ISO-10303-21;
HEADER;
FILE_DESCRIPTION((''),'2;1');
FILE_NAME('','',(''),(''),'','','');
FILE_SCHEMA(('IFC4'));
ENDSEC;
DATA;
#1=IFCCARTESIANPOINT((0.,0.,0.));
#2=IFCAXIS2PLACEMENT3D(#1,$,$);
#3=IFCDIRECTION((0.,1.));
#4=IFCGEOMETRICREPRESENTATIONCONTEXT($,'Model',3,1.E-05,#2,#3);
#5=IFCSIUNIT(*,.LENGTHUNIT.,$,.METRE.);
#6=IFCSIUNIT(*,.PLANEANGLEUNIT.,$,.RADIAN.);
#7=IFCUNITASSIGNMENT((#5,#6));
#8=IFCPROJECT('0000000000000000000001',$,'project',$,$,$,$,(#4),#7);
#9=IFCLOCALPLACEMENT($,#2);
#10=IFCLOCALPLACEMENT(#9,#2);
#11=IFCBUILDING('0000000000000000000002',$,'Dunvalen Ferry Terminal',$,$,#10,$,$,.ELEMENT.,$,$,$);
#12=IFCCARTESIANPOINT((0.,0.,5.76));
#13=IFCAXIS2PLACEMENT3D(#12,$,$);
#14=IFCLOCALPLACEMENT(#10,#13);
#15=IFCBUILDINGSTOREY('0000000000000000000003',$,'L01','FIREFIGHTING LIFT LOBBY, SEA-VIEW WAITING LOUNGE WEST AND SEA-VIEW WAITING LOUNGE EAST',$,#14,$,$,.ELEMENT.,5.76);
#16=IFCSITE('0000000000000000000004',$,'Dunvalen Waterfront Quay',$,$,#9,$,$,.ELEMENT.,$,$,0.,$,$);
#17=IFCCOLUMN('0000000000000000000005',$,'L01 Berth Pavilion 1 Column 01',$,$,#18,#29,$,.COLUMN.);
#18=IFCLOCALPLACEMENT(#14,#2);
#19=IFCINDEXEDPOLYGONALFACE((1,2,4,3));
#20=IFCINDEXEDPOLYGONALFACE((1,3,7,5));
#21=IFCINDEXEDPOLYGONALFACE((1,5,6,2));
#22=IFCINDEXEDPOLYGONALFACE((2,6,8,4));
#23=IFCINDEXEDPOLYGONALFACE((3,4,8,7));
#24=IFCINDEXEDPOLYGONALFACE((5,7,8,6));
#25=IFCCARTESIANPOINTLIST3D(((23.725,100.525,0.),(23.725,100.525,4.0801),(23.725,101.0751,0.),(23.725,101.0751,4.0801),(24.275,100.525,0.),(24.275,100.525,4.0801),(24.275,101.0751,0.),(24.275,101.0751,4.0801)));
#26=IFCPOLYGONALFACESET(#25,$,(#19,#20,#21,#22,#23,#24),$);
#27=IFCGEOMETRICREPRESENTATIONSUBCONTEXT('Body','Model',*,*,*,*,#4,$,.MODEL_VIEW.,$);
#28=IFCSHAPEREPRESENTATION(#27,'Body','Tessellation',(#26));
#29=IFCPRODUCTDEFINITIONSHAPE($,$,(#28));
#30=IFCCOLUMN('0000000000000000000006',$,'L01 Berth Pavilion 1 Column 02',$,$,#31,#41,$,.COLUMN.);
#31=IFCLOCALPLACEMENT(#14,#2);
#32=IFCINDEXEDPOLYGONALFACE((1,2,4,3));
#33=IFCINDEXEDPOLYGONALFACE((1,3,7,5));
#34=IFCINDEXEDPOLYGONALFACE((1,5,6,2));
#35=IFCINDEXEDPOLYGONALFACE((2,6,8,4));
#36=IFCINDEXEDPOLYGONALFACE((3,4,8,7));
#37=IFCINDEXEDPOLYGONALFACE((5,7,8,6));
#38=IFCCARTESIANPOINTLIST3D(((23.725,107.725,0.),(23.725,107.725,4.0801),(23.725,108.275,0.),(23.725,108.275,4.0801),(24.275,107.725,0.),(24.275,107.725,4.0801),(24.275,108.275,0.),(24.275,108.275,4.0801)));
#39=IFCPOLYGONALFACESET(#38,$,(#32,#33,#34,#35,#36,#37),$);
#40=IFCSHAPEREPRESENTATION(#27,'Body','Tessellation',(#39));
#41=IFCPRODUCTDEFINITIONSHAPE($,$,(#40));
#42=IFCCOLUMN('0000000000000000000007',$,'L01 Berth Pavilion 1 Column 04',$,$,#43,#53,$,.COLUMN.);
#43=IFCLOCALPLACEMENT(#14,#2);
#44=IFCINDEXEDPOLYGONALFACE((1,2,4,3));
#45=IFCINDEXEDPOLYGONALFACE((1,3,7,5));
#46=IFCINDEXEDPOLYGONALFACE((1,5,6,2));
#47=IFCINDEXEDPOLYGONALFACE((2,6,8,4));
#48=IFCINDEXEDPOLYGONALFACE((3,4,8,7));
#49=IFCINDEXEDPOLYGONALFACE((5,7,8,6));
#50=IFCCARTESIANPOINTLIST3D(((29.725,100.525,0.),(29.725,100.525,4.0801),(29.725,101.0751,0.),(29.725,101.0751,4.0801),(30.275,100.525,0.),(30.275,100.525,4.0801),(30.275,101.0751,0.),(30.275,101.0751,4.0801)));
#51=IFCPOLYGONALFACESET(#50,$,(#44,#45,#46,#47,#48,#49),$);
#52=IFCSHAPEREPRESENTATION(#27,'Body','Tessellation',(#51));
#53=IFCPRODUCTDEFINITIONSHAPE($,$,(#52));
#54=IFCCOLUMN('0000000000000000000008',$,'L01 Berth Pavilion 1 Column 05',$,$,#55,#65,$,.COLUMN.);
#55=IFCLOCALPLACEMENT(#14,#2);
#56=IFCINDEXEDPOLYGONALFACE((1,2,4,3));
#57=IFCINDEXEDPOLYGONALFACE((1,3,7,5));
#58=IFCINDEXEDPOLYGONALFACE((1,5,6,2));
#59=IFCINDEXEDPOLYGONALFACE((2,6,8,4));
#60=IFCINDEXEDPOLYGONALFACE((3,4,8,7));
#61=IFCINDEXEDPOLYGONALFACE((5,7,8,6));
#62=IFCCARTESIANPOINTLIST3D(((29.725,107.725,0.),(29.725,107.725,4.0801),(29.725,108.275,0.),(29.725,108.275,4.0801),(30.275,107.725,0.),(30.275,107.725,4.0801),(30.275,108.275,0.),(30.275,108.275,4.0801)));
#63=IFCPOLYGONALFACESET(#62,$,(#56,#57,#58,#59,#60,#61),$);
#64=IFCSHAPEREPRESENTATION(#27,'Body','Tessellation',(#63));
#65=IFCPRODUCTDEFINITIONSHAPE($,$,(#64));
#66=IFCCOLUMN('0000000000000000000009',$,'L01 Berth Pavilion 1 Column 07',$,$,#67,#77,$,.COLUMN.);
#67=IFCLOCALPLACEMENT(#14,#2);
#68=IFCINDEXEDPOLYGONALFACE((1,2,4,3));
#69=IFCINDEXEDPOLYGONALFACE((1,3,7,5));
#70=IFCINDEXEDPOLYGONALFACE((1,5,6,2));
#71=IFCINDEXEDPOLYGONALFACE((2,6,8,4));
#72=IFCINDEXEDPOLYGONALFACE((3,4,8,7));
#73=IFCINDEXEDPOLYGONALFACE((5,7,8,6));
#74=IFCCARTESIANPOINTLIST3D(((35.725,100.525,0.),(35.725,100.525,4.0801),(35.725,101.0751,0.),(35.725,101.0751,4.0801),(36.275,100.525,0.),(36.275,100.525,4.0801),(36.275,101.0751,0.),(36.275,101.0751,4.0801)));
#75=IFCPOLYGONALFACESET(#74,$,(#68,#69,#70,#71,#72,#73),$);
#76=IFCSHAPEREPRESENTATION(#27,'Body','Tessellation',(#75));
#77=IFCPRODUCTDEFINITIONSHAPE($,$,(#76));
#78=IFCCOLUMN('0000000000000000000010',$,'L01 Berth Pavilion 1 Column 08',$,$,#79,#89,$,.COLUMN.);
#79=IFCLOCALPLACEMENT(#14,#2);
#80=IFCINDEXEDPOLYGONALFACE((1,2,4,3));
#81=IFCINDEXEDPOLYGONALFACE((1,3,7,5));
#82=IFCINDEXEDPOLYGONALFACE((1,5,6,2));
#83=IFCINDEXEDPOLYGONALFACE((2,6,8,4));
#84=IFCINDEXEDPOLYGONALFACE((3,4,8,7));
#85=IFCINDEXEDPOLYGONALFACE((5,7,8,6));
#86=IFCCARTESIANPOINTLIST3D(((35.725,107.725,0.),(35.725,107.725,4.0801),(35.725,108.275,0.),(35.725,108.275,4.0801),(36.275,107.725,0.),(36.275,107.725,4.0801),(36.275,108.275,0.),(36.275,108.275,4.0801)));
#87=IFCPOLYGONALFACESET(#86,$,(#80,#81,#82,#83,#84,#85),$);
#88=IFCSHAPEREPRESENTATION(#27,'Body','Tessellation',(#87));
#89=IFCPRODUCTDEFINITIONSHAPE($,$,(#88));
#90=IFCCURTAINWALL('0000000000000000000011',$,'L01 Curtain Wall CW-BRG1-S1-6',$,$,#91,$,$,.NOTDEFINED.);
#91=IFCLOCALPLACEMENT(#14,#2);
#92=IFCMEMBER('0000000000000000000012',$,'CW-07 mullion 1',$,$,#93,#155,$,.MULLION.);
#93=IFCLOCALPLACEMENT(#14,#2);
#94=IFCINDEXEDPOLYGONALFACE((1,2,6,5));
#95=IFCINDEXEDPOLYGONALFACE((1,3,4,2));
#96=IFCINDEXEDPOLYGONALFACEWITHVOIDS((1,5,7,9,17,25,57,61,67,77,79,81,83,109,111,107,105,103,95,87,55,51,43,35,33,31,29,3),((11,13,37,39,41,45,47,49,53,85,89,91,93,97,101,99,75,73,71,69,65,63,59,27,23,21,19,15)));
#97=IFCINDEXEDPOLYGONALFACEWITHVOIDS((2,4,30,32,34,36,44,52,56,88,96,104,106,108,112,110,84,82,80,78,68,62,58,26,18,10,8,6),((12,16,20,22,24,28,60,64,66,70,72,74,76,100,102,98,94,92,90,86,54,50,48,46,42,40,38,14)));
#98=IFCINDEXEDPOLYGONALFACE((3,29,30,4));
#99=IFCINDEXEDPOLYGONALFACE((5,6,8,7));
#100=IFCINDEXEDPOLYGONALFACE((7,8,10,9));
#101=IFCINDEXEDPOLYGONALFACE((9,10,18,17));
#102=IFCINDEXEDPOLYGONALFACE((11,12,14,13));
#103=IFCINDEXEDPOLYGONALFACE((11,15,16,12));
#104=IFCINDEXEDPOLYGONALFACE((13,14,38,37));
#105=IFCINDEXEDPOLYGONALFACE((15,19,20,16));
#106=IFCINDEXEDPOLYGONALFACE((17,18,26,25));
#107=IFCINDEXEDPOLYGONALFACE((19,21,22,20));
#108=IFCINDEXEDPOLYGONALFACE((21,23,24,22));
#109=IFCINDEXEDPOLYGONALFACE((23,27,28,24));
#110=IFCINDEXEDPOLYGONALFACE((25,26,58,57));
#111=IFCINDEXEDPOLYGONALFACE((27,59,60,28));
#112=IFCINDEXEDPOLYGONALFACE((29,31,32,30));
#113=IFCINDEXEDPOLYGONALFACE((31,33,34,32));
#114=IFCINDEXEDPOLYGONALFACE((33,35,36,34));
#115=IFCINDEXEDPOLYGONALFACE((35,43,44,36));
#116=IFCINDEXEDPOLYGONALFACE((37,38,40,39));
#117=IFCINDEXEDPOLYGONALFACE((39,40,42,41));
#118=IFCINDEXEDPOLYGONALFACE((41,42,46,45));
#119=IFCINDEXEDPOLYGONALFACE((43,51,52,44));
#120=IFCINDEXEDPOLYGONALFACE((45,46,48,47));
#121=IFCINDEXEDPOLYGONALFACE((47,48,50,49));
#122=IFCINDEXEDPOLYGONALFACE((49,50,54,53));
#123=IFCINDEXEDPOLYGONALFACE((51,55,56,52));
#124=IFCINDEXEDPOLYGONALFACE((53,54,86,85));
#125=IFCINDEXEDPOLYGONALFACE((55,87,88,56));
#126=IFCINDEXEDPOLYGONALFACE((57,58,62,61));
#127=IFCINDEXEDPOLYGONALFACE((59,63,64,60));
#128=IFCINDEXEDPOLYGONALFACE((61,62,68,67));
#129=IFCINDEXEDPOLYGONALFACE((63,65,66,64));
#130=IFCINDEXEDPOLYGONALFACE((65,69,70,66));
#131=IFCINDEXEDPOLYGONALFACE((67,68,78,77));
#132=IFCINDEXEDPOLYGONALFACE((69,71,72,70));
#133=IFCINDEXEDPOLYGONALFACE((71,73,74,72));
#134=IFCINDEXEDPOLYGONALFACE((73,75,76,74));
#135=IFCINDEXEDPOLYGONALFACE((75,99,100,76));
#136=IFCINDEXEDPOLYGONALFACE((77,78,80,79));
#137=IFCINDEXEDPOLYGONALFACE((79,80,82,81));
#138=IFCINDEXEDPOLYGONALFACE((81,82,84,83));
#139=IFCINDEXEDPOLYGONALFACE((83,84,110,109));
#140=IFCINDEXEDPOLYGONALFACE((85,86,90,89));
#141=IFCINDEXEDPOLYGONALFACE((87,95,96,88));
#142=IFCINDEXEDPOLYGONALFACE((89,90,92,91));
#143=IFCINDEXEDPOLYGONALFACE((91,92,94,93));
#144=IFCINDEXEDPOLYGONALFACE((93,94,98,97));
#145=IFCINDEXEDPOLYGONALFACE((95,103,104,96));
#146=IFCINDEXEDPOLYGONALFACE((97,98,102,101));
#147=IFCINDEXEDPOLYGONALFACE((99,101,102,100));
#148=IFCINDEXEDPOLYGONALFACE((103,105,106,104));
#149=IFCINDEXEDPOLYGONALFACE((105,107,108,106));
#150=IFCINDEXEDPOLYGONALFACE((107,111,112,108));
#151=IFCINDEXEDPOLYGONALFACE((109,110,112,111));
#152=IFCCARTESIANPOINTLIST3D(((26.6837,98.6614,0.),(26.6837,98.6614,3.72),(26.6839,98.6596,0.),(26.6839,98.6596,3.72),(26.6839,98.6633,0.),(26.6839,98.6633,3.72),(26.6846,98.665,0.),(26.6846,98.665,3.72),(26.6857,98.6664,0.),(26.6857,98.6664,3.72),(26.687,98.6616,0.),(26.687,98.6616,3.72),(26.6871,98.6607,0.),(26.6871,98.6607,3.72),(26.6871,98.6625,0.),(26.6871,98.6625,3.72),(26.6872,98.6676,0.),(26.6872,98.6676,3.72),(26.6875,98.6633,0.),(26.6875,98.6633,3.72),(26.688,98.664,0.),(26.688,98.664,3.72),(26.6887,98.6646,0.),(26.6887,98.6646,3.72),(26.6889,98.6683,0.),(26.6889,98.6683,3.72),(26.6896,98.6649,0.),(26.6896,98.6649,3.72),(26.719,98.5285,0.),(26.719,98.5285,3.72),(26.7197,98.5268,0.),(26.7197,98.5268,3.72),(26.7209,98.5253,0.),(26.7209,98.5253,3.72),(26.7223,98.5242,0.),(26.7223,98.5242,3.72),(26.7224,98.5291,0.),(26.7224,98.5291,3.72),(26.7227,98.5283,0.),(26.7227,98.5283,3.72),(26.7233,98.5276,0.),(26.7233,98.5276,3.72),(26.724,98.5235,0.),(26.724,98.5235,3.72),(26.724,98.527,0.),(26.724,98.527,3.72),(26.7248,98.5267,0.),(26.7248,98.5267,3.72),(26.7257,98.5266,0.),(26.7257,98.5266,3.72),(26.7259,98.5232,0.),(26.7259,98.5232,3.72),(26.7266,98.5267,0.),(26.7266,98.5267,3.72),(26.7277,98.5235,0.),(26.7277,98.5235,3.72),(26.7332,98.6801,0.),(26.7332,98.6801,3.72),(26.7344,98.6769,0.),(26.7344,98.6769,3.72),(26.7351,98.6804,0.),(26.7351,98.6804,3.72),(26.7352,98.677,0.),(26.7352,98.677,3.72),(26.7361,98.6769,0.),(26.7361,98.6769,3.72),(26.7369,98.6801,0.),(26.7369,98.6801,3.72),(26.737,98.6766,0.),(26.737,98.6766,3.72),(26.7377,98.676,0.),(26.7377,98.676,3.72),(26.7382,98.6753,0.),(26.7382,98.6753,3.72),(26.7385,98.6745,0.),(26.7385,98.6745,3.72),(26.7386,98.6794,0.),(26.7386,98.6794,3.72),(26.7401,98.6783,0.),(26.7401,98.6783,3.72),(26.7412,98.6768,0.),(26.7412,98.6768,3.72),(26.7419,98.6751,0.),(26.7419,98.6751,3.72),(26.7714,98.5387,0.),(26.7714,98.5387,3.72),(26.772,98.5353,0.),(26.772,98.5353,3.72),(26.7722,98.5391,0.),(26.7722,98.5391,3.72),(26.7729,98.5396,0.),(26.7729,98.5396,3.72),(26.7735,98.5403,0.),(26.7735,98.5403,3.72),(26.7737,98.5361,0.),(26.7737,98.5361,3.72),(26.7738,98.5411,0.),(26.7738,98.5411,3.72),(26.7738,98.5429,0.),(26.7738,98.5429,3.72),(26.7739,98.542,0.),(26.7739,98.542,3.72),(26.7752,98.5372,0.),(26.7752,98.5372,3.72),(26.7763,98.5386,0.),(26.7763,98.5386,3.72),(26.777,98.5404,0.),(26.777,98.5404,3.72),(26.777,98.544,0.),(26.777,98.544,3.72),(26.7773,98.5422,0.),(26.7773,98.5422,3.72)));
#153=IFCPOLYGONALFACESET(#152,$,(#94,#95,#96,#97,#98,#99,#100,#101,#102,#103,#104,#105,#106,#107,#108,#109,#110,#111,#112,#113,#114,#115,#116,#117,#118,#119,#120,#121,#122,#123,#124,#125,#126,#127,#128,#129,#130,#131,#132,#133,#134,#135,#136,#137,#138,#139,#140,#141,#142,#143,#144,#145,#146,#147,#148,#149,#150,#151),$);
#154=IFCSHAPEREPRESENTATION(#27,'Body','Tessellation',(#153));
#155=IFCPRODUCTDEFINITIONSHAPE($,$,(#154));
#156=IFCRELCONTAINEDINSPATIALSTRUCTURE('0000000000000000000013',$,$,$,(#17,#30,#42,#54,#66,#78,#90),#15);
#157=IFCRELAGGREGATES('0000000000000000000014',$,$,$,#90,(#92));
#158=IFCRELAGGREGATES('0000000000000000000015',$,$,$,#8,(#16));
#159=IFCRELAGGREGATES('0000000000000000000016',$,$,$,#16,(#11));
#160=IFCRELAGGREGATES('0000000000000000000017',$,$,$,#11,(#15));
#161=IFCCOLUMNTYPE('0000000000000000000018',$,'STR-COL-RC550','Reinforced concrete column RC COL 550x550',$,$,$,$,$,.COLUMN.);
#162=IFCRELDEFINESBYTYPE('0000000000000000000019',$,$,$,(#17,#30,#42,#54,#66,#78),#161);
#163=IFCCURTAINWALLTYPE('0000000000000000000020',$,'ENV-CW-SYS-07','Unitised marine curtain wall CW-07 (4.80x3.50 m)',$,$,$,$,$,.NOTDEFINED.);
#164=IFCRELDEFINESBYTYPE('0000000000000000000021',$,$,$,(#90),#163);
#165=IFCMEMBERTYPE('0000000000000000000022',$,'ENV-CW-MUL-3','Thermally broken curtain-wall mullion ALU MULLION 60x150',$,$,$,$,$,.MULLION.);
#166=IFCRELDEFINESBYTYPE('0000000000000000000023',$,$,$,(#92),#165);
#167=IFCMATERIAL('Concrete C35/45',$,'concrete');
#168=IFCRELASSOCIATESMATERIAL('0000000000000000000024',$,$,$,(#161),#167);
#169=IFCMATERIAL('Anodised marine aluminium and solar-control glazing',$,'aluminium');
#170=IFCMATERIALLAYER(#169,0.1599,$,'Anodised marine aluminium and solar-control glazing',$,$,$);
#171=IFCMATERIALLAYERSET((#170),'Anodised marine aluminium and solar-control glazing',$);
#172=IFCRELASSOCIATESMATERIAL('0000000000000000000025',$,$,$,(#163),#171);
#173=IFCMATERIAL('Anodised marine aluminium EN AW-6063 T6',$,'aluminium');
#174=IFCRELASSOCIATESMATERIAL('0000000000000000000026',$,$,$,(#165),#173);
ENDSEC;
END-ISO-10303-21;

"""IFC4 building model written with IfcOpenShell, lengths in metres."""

from ifc_helpers import new_model, si_unit, direction, frame, origin, origin_2d, place, context, subcontext, project, spatial, rectangle, hollow_rectangle, extrude, material, layer, layer_set, material_profile, profile_set, type_object, element, aggregate, save


model = new_model("IFC4")

# Units and contexts
model_context = context("Model", 3, precision=1e-05, world=origin(), true_north=direction((0.0, 1.0)))
body_context = subcontext(model_context, "Body", "Model", "MODEL_VIEW")
ifc_project = project(units=[si_unit("LENGTHUNIT", "METRE"), si_unit("PLANEANGLEUNIT", "RADIAN")], contexts=[model_context])

# Site, building, storey
site_placement = place(None, origin())
site = spatial("IfcSite", under=ifc_project, at=site_placement, Name="Dunvalen Waterfront Quay", CompositionType="ELEMENT", RefElevation=0.0)
building_placement = place(site_placement, origin())
building = spatial("IfcBuilding", under=site, at=building_placement, Name="Dunvalen Ferry Terminal", CompositionType="ELEMENT")
storey_placement = place(building_placement, frame((0.0, 0.0, 5.76)))
storey = spatial("IfcBuildingStorey", under=building, at=storey_placement, Name="L01", Description="FIREFIGHTING LIFT LOBBY, SEA-VIEW WAITING LOUNGE WEST AND SEA-VIEW WAITING LOUNGE EAST", CompositionType="ELEMENT", Elevation=5.76)

# Columns
ifc_material_1 = material(Name="Concrete C35/45", Category="concrete")
ifc_material_profile_1 = material_profile(ifc_material_1, rectangle(XDim=0.55, YDim=0.55, at=origin_2d()), Name="Concrete C35/45")
ifc_profile_set_1 = profile_set([ifc_material_profile_1], Name="Concrete C35/45")
column_type = type_object("IfcColumnType", Name="STR-COL-RC550", Description="Reinforced concrete column RC COL 550x550", PredefinedType="COLUMN", material=ifc_profile_set_1)
for number, where, z_axis, x_axis, name in (
    (1, (24.0, 100.8, 0.0), (0.0, 0.0, 1.0), (1.0, 0.0, 0.0), "L01 Berth Pavilion 1 Column 01"),
    (2, (24.0, 108.0, 0.0), (0.0, 0.0, 1.0), (1.0, 0.0, 0.0), "L01 Berth Pavilion 1 Column 02"),
    (3, (30.0, 100.8, 0.0), (0.0, 0.0, 1.0), (1.0, 0.0, 0.0), "L01 Berth Pavilion 1 Column 04"),
    (4, (30.0, 108.0, 0.0), (0.0, 0.0, 1.0), (1.0, 0.0, 0.0), "L01 Berth Pavilion 1 Column 05"),
    (5, (36.0, 100.8, 0.0), (0.0, 0.0, 1.0), (1.0, 0.0, 0.0), "L01 Berth Pavilion 1 Column 07"),
    (6, (36.0, 108.0, 0.0), (0.0, 0.0, 1.0), (1.0, 0.0, 0.0), "L01 Berth Pavilion 1 Column 08"),
):
    element("IfcColumn", number, at=place(storey_placement, frame(where, z_axis=z_axis, x_axis=x_axis)), inside=storey, type_object=column_type, Name=name, PredefinedType="COLUMN", context=body_context, shape_type="SweptSolid", body=[
        extrude(rectangle(XDim=0.55, YDim=0.55, at=origin_2d()), origin(), (0.0, 0.0, 1.0), 4.0801),
    ])

# Curtain wall, member
ifc_material_2 = material(Name="Anodised marine aluminium and solar-control glazing", Category="aluminium")
ifc_layer_1 = layer(ifc_material_2, 0.1599, Name="Anodised marine aluminium and solar-control glazing")
ifc_layer_set_1 = layer_set([ifc_layer_1], Name="Anodised marine aluminium and solar-control glazing")
curtain_wall_type = type_object("IfcCurtainWallType", Name="ENV-CW-SYS-07", Description="Unitised marine curtain wall CW-07 (4.80x3.50 m)", PredefinedType="NOTDEFINED", material=ifc_layer_set_1)
curtain_wall_placement = place(storey_placement, origin())
curtain_wall = element("IfcCurtainWall", 7, at=curtain_wall_placement, inside=storey, type_object=curtain_wall_type, Name="L01 Curtain Wall CW-BRG1-S1-6", PredefinedType="NOTDEFINED")
ifc_material_3 = material(Name="Anodised marine aluminium EN AW-6063 T6", Category="aluminium")
ifc_material_profile_2 = material_profile(ifc_material_3, hollow_rectangle(XDim=0.0601, YDim=0.1499, WallThickness=0.0034, InnerFilletRadius=0.0034, OuterFilletRadius=0.0071, at=origin_2d()), Name="Anodised marine aluminium EN AW-6063 T6")
ifc_profile_set_2 = profile_set([ifc_material_profile_2], Name="Anodised marine aluminium EN AW-6063 T6")
member_type_1 = type_object("IfcMemberType", Name="ENV-CW-MUL-3", Description="Thermally broken curtain-wall mullion ALU MULLION 60x150", PredefinedType="MULLION", material=ifc_profile_set_2)
member_1_placement = place(storey_placement, frame((26.7305, 98.6018, 0.0), z_axis=(0.0, 0.0, 1.0), x_axis=(-0.965923, -0.25883, 0.0)))
member_1 = element("IfcMember", 8, at=member_1_placement, type_object=member_type_1, Name="CW-07 mullion 1", PredefinedType="MULLION", context=body_context, shape_type="SweptSolid", body=[
    extrude(hollow_rectangle(XDim=0.0601, YDim=0.1499, WallThickness=0.0034, InnerFilletRadius=0.0034, OuterFilletRadius=0.0071, at=origin_2d()), origin(), (0.0, 0.0, 1.0), 3.72),
])

aggregate(curtain_wall, [member_1])

save(model, "model.ifc")
